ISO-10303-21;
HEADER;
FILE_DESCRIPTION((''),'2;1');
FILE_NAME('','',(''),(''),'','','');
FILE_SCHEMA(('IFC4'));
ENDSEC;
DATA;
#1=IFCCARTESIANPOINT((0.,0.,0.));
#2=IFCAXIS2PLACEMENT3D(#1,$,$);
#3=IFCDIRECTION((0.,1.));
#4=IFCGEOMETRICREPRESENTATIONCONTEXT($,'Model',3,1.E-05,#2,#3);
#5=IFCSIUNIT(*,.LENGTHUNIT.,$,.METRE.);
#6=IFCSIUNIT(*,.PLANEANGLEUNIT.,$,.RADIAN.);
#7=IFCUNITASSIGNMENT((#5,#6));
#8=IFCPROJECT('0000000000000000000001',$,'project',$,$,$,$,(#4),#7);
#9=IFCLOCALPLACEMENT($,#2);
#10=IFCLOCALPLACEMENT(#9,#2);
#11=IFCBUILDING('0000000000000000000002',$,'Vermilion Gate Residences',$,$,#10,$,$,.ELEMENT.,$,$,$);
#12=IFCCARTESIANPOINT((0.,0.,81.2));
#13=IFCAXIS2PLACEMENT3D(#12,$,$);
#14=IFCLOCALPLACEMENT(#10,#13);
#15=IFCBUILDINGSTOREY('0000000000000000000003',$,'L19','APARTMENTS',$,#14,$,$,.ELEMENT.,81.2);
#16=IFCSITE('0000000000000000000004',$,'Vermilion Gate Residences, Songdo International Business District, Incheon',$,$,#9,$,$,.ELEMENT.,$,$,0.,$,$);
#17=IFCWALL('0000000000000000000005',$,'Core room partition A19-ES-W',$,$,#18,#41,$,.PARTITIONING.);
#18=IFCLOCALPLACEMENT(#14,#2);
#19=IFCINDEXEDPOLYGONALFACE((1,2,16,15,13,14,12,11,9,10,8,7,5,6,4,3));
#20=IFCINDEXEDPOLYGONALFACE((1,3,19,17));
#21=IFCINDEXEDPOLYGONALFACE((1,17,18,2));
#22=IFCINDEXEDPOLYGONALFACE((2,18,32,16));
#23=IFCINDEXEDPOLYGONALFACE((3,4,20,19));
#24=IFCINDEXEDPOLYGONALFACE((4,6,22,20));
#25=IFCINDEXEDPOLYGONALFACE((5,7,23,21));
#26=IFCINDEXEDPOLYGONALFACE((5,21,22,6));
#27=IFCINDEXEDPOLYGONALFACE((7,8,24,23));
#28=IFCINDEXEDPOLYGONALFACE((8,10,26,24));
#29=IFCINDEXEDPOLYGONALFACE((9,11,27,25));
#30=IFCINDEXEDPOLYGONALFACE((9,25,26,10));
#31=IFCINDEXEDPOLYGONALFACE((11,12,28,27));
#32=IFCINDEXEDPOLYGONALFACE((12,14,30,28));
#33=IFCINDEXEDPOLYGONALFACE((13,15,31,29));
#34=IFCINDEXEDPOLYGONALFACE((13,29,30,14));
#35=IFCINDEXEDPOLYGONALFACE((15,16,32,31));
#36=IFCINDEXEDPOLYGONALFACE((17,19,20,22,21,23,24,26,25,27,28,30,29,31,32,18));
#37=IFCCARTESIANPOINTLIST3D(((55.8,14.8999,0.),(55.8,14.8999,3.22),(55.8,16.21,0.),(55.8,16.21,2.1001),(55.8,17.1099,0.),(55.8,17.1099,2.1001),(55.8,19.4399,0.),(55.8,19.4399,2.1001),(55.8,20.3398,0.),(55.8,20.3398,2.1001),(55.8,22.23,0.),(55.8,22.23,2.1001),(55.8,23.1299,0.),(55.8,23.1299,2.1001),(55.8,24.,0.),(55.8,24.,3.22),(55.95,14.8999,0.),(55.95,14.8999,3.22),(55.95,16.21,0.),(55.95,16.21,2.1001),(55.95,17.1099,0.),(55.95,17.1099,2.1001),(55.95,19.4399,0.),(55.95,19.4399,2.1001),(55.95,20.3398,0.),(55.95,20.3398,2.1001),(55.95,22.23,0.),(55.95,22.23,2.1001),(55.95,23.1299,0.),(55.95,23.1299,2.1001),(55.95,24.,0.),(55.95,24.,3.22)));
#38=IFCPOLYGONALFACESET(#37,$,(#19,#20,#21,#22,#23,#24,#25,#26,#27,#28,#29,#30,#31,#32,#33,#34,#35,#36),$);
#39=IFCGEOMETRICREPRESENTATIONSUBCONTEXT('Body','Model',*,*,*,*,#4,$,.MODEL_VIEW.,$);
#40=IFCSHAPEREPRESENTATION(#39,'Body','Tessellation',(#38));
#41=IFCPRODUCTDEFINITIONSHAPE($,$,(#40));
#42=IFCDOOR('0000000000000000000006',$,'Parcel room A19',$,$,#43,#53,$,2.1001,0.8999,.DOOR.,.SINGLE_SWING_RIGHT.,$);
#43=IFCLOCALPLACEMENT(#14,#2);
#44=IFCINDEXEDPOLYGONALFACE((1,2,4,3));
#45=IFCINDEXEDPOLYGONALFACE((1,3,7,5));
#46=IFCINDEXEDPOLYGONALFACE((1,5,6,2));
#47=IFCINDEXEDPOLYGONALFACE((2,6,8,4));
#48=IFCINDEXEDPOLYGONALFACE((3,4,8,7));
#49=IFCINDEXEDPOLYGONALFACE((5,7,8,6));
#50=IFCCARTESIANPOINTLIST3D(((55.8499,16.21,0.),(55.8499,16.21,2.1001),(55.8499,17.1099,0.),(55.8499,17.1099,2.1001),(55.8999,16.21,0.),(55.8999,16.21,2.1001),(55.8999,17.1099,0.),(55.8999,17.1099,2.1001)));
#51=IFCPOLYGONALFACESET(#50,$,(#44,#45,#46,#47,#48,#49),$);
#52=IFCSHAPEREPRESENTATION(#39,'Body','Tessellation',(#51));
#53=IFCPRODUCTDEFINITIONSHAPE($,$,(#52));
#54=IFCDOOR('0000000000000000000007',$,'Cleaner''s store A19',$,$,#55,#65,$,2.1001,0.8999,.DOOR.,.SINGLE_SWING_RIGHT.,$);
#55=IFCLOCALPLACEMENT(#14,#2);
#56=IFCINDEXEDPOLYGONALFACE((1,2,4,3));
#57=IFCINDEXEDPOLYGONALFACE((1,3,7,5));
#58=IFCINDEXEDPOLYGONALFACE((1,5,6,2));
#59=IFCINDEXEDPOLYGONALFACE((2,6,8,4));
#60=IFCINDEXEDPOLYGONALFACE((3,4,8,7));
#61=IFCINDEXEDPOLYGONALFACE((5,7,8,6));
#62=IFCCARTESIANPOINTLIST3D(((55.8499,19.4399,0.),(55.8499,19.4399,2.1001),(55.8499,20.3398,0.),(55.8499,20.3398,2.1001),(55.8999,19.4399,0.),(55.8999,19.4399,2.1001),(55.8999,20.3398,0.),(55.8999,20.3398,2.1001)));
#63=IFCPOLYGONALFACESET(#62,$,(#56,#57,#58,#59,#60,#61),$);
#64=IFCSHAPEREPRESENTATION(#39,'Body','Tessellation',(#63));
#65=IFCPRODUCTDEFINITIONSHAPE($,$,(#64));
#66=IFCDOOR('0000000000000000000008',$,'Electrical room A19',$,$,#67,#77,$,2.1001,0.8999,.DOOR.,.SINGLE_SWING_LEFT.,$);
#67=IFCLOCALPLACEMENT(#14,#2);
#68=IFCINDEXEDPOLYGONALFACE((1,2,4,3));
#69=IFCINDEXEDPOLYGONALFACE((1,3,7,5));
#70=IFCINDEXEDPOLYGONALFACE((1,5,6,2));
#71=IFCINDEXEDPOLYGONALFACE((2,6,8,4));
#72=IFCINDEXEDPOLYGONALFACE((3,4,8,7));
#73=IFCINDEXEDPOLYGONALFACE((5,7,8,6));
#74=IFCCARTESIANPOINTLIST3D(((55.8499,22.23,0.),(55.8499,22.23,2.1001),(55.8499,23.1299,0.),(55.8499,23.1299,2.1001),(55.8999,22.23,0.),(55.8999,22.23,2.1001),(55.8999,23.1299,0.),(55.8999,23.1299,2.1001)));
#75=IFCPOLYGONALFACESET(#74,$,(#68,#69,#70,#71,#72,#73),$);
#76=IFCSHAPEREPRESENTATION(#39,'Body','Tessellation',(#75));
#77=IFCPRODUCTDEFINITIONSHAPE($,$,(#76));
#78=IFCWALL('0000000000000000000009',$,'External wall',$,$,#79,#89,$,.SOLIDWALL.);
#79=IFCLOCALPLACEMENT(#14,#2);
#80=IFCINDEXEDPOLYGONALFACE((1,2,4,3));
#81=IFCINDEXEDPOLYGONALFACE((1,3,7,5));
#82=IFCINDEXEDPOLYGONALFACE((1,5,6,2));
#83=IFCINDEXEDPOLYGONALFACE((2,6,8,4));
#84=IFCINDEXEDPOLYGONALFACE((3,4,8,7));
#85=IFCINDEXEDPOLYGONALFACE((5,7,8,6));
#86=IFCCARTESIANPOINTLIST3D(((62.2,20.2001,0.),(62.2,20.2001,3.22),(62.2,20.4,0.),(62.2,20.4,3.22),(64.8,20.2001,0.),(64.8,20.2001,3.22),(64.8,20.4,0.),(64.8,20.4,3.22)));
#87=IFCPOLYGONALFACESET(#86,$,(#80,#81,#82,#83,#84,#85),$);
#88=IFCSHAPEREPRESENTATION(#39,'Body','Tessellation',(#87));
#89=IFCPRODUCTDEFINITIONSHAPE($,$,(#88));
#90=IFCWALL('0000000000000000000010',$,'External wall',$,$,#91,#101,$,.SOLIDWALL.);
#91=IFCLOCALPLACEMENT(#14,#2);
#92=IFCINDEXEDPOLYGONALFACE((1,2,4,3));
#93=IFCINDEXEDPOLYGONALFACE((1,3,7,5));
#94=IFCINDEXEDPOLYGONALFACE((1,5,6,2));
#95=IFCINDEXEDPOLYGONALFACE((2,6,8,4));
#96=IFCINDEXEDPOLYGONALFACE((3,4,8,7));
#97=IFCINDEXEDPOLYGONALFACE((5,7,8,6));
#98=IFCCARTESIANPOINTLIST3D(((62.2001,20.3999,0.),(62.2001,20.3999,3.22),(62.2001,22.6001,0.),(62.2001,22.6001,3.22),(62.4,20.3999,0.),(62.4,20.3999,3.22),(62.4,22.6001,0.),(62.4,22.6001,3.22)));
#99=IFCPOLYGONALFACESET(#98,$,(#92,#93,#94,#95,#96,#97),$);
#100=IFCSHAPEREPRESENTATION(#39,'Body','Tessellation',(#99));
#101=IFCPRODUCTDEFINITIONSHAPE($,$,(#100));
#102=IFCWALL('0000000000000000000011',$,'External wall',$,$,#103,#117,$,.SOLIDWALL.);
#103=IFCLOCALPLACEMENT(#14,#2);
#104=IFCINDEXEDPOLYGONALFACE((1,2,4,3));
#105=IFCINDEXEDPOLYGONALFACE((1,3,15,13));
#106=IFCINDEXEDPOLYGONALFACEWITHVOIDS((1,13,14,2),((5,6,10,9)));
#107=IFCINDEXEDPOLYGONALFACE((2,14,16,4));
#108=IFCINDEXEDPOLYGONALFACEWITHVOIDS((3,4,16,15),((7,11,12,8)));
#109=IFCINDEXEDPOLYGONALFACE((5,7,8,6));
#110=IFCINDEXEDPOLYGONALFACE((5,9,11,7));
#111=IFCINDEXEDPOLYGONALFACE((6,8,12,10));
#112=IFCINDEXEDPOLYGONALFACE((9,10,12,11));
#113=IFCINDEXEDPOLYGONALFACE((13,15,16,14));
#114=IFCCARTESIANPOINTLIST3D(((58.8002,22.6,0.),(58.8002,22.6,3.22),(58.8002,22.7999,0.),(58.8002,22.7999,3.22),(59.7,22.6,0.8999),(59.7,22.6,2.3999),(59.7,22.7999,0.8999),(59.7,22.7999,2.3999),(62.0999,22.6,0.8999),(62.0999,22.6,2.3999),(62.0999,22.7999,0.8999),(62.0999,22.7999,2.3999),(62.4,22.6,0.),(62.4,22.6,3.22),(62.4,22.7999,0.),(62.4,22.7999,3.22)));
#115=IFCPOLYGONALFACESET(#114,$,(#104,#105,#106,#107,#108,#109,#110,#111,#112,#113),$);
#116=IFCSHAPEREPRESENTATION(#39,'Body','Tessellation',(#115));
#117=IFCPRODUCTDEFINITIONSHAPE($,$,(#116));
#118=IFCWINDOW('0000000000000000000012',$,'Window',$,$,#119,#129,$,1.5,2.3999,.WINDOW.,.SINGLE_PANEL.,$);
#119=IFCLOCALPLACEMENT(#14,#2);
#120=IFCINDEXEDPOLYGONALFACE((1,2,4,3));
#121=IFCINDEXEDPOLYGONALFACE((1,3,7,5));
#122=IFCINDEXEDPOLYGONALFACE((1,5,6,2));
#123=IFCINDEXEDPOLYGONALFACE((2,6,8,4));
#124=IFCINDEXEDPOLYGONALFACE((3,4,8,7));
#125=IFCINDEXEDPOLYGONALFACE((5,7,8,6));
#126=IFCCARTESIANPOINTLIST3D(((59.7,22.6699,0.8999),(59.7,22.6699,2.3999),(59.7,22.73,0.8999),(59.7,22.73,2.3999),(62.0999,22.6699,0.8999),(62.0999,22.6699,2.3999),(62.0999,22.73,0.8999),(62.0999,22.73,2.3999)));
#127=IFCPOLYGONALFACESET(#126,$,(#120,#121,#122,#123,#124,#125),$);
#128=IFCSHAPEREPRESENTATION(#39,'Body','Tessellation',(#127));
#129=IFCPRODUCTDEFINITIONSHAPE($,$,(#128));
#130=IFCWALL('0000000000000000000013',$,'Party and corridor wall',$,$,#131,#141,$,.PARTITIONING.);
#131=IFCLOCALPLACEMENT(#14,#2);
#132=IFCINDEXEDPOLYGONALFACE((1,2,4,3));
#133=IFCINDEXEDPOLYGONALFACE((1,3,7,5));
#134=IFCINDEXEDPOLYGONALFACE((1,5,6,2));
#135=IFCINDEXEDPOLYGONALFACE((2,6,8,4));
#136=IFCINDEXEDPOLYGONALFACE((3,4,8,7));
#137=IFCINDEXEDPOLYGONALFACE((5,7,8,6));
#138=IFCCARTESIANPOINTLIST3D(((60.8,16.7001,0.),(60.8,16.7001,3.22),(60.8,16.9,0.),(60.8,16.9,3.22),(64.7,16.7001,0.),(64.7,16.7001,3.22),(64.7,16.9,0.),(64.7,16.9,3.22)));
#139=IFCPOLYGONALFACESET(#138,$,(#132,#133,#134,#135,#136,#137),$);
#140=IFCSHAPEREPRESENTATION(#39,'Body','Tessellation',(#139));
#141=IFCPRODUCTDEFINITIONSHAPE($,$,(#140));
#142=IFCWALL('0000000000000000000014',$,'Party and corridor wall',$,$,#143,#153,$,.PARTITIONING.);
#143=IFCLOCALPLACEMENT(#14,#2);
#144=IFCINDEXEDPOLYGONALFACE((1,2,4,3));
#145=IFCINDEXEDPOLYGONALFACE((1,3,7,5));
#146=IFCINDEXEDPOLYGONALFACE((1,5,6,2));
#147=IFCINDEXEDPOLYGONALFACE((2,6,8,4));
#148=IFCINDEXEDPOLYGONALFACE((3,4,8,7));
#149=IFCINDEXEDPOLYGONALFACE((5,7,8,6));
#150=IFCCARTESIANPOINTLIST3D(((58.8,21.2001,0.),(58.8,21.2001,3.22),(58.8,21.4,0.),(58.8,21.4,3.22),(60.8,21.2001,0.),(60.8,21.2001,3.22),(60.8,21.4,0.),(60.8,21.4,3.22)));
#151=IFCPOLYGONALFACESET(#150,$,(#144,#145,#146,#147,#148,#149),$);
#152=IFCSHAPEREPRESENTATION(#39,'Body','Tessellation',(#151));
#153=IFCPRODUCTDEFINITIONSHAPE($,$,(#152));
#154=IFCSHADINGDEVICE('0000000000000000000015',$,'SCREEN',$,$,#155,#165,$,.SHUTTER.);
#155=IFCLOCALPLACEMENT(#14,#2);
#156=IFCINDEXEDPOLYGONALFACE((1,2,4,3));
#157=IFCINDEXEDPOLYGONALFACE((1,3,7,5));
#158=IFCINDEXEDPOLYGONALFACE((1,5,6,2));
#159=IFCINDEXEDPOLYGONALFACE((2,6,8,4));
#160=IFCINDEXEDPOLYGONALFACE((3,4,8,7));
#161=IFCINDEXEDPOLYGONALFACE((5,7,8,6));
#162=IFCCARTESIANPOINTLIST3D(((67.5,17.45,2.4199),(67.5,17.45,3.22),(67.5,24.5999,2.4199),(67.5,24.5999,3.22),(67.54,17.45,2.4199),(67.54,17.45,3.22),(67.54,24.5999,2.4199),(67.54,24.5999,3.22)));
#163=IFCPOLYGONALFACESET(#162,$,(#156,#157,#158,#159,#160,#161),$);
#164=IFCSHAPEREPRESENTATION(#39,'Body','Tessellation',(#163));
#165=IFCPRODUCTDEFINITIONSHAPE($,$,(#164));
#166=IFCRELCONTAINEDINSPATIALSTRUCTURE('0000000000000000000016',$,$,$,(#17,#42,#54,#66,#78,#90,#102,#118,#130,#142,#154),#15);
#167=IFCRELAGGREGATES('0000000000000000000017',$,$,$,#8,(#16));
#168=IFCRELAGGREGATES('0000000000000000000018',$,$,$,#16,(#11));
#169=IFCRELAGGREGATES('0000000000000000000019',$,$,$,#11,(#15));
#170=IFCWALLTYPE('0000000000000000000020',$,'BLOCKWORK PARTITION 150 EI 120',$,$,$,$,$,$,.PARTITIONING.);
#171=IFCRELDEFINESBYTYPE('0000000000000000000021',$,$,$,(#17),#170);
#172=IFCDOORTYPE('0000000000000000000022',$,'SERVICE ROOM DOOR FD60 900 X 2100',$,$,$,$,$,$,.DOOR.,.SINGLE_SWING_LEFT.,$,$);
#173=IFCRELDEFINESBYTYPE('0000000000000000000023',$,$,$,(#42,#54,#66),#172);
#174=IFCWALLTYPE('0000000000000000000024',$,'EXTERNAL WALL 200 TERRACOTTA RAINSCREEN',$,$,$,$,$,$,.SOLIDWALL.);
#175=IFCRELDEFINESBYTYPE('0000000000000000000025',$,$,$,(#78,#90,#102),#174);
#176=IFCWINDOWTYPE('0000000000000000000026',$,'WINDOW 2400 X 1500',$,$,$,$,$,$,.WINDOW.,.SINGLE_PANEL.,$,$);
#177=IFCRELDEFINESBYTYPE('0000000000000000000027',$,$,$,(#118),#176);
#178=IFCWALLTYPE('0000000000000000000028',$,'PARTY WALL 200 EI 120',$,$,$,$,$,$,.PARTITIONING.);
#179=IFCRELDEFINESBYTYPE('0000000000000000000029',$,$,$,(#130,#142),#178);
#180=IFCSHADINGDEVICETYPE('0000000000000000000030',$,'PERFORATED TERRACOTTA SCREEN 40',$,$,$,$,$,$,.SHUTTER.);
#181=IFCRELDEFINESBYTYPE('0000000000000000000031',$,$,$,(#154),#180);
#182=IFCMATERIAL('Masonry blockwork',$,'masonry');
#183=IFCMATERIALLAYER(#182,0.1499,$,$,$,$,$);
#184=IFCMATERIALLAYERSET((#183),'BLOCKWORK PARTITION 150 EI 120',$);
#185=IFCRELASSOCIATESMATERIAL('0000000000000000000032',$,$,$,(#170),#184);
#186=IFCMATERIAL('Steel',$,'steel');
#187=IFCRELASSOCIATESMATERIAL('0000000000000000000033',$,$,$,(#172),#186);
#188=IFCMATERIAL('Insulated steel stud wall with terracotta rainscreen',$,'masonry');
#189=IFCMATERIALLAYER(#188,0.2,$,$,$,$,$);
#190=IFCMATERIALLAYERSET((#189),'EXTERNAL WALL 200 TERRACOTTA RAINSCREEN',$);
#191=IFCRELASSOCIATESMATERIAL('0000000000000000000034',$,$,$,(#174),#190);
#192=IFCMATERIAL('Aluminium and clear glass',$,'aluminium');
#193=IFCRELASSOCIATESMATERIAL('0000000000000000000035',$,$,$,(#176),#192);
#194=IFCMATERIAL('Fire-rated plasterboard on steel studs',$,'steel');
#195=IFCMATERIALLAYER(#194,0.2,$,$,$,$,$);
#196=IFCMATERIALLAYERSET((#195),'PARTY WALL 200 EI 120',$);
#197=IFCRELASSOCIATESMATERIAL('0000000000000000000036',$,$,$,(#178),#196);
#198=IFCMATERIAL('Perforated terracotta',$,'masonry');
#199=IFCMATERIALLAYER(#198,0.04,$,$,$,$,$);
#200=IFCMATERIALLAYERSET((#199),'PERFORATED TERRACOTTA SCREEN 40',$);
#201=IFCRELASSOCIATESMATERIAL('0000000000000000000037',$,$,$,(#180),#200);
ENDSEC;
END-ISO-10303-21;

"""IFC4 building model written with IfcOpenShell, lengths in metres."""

from ifc_helpers import new_model, si_unit, direction, frame, frame_2d, origin, origin_2d, place, context, subcontext, project, spatial, rectangle, extrude, material, layer, layer_set, type_object, element, fill, save


model = new_model("IFC4")

# Units and contexts
model_context = context("Model", 3, precision=1e-05, world=origin(), true_north=direction((0.0, 1.0)))
body_context = subcontext(model_context, "Body", "Model", "MODEL_VIEW")
ifc_project = project(units=[si_unit("LENGTHUNIT", "METRE"), si_unit("PLANEANGLEUNIT", "RADIAN")], contexts=[model_context])

# Site, building, storey
site_placement = place(None, origin())
site = spatial("IfcSite", under=ifc_project, at=site_placement, Name="Vermilion Gate Residences, Songdo International Business District, Incheon", CompositionType="ELEMENT", RefElevation=0.0)
building_placement = place(site_placement, origin())
building = spatial("IfcBuilding", under=site, at=building_placement, Name="Vermilion Gate Residences", CompositionType="ELEMENT")
storey_placement = place(building_placement, frame((0.0, 0.0, 81.2)))
storey = spatial("IfcBuildingStorey", under=building, at=storey_placement, Name="L19", Description="APARTMENTS", CompositionType="ELEMENT", Elevation=81.2)

# Shared definitions
ifc_material_1 = material(Name="Masonry blockwork", Category="masonry")
ifc_layer_1 = layer(ifc_material_1, 0.1499)
ifc_layer_set_1 = layer_set([ifc_layer_1], Name="BLOCKWORK PARTITION 150 EI 120")
wall_type_1 = type_object("IfcWallType", Name="BLOCKWORK PARTITION 150 EI 120", PredefinedType="PARTITIONING", material=ifc_layer_set_1)

# Wall, openings, doors
wall_1_placement = place(storey_placement, frame((55.875, 14.8999, 0.0), z_axis=(0.0, 0.0, 1.0), x_axis=(0.0, 1.0, 0.0)))
wall_1 = element("IfcWall", 1, at=wall_1_placement, inside=storey, type_object=wall_type_1, Name="Core room partition A19-ES-W", PredefinedType="PARTITIONING", context=body_context, shape_type="SweptSolid", body=[
    extrude(rectangle(XDim=9.1001, YDim=0.1499, at=frame_2d((4.55, 0.0))), origin(), (0.0, 0.0, 1.0), 3.22),
])
opening_1_placement = place(wall_1_placement, frame((1.3101, 0.0, 0.0)))
opening_1 = element("IfcOpeningElement", 2, at=opening_1_placement, cuts=wall_1, PredefinedType="OPENING", context=body_context, shape_type="SweptSolid", body=[
    extrude(rectangle(XDim=0.8999, YDim=2.1001, at=frame_2d((0.45, 1.05))), frame((0.0, 0.085, 0.0), z_axis=(0.0, -1.0, 0.0), x_axis=(1.0, 0.0, 0.0)), (0.0, 0.0, 1.0), 0.1699),
])
opening_2_placement = place(wall_1_placement, frame((4.54, 0.0, 0.0)))
opening_2 = element("IfcOpeningElement", 3, at=opening_2_placement, cuts=wall_1, PredefinedType="OPENING", context=body_context, shape_type="SweptSolid", body=[
    extrude(rectangle(XDim=0.8999, YDim=2.1001, at=frame_2d((0.45, 1.05))), frame((0.0, 0.085, 0.0), z_axis=(0.0, -1.0, 0.0), x_axis=(1.0, 0.0, 0.0)), (0.0, 0.0, 1.0), 0.1699),
])
opening_3_placement = place(wall_1_placement, frame((7.3301, 0.0, 0.0)))
opening_3 = element("IfcOpeningElement", 4, at=opening_3_placement, cuts=wall_1, PredefinedType="OPENING", context=body_context, shape_type="SweptSolid", body=[
    extrude(rectangle(XDim=0.8999, YDim=2.1001, at=frame_2d((0.45, 1.05))), frame((0.0, 0.085, 0.0), z_axis=(0.0, -1.0, 0.0), x_axis=(1.0, 0.0, 0.0)), (0.0, 0.0, 1.0), 0.1699),
])
ifc_material_2 = material(Name="Steel", Category="steel")
door_type_1 = type_object("IfcDoorType", Name="SERVICE ROOM DOOR FD60 900 X 2100", OperationType="SINGLE_SWING_LEFT", PredefinedType="DOOR", material=ifc_material_2)
door_1_placement = place(opening_1_placement, frame((0.8999, 0.0, 0.0), z_axis=(0.0, 0.0, 1.0), x_axis=(-1.0, 0.0, 0.0)))
door_1 = element("IfcDoor", 5, at=door_1_placement, inside=storey, type_object=door_type_1, Name="Parcel room A19", OperationType="SINGLE_SWING_RIGHT", OverallHeight=2.1001, OverallWidth=0.8999, PredefinedType="DOOR", context=body_context, shape_type="SweptSolid", body=[
    extrude(rectangle(XDim=0.8999, YDim=2.1001, at=frame_2d((0.45, 1.05))), frame((0.0, 0.0249, 0.0), z_axis=(0.0, -1.0, 0.0), x_axis=(1.0, 0.0, 0.0)), (0.0, 0.0, 1.0), 0.05),
])
fill(opening_1, door_1)
door_2_placement = place(opening_2_placement, frame((0.8999, 0.0, 0.0), z_axis=(0.0, 0.0, 1.0), x_axis=(-1.0, 0.0, 0.0)))
door_2 = element("IfcDoor", 6, at=door_2_placement, inside=storey, type_object=door_type_1, Name="Cleaner's store A19", OperationType="SINGLE_SWING_RIGHT", OverallHeight=2.1001, OverallWidth=0.8999, PredefinedType="DOOR", context=body_context, shape_type="SweptSolid", body=[
    extrude(rectangle(XDim=0.8999, YDim=2.1001, at=frame_2d((0.45, 1.05))), frame((0.0, 0.0249, 0.0), z_axis=(0.0, -1.0, 0.0), x_axis=(1.0, 0.0, 0.0)), (0.0, 0.0, 1.0), 0.05),
])
fill(opening_2, door_2)
door_3_placement = place(opening_3_placement, frame((0.8999, 0.0, 0.0), z_axis=(0.0, 0.0, 1.0), x_axis=(-1.0, 0.0, 0.0)))
door_3 = element("IfcDoor", 7, at=door_3_placement, inside=storey, type_object=door_type_1, Name="Electrical room A19", OperationType="SINGLE_SWING_LEFT", OverallHeight=2.1001, OverallWidth=0.8999, PredefinedType="DOOR", context=body_context, shape_type="SweptSolid", body=[
    extrude(rectangle(XDim=0.8999, YDim=2.1001, at=frame_2d((0.45, 1.05))), frame((0.0, 0.0249, 0.0), z_axis=(0.0, -1.0, 0.0), x_axis=(1.0, 0.0, 0.0)), (0.0, 0.0, 1.0), 0.05),
])
fill(opening_3, door_3)

# Walls
ifc_material_3 = material(Name="Insulated steel stud wall with terracotta rainscreen", Category="masonry")
ifc_layer_2 = layer(ifc_material_3, 0.2)
ifc_layer_set_2 = layer_set([ifc_layer_2], Name="EXTERNAL WALL 200 TERRACOTTA RAINSCREEN")
wall_type_2 = type_object("IfcWallType", Name="EXTERNAL WALL 200 TERRACOTTA RAINSCREEN", PredefinedType="SOLIDWALL", material=ifc_layer_set_2)
wall_2_placement = place(storey_placement, frame((64.8, 20.3, 0.0), z_axis=(0.0, 0.0, 1.0), x_axis=(-1.0, 0.0, 0.0)))
element("IfcWall", 8, at=wall_2_placement, inside=storey, type_object=wall_type_2, Name="External wall", PredefinedType="SOLIDWALL", context=body_context, shape_type="SweptSolid", body=[
    extrude(rectangle(XDim=2.6001, YDim=0.2, at=frame_2d((1.3, 0.0))), origin(), (0.0, 0.0, 1.0), 3.22),
])
wall_3_placement = place(storey_placement, frame((62.3, 20.3999, 0.0), z_axis=(0.0, 0.0, 1.0), x_axis=(0.0, 1.0, 0.0)))
element("IfcWall", 9, at=wall_3_placement, inside=storey, type_object=wall_type_2, Name="External wall", PredefinedType="SOLIDWALL", context=body_context, shape_type="SweptSolid", body=[
    extrude(rectangle(XDim=2.2002, YDim=0.2, at=frame_2d((1.1001, 0.0))), origin(), (0.0, 0.0, 1.0), 3.22),
])

# Wall, opening, window
wall_4_placement = place(storey_placement, frame((62.3999, 22.7, 0.0), z_axis=(0.0, 0.0, 1.0), x_axis=(-1.0, 0.0, 0.0)))
wall_4 = element("IfcWall", 10, at=wall_4_placement, inside=storey, type_object=wall_type_2, Name="External wall", PredefinedType="SOLIDWALL", context=body_context, shape_type="SweptSolid", body=[
    extrude(rectangle(XDim=3.5999, YDim=0.2, at=frame_2d((1.7998, 0.0))), origin(), (0.0, 0.0, 1.0), 3.22),
])
opening_4_placement = place(wall_4_placement, frame((0.3, 0.0, 0.8999)))
opening_4 = element("IfcOpeningElement", 11, at=opening_4_placement, cuts=wall_4, PredefinedType="OPENING", context=body_context, shape_type="SweptSolid", body=[
    extrude(rectangle(XDim=2.3999, YDim=1.5, at=frame_2d((1.2, 0.75))), frame((0.0, 0.1099, 0.0), z_axis=(0.0, -1.0, 0.0), x_axis=(1.0, 0.0, 0.0)), (0.0, 0.0, 1.0), 0.22),
])
ifc_material_4 = material(Name="Aluminium and clear glass", Category="aluminium")
window_type = type_object("IfcWindowType", Name="WINDOW 2400 X 1500", PartitioningType="SINGLE_PANEL", PredefinedType="WINDOW", material=ifc_material_4)
window_placement = place(opening_4_placement, origin())
window = element("IfcWindow", 12, at=window_placement, inside=storey, type_object=window_type, Name="Window", OverallHeight=1.5, OverallWidth=2.3999, PartitioningType="SINGLE_PANEL", PredefinedType="WINDOW", context=body_context, shape_type="SweptSolid", body=[
    extrude(rectangle(XDim=2.3999, YDim=1.5, at=frame_2d((1.2, 0.75))), frame((0.0, 0.03, 0.0), z_axis=(0.0, -1.0, 0.0), x_axis=(1.0, 0.0, 0.0)), (0.0, 0.0, 1.0), 0.0601),
])
fill(opening_4, window)

# Walls
ifc_material_5 = material(Name="Fire-rated plasterboard on steel studs", Category="steel")
ifc_layer_3 = layer(ifc_material_5, 0.2)
ifc_layer_set_3 = layer_set([ifc_layer_3], Name="PARTY WALL 200 EI 120")
wall_type_3 = type_object("IfcWallType", Name="PARTY WALL 200 EI 120", PredefinedType="PARTITIONING", material=ifc_layer_set_3)
wall_5_placement = place(storey_placement, frame((60.8, 16.8, 0.0), z_axis=(0.0, 0.0, 1.0), x_axis=(1.0, 0.0, 0.0)))
element("IfcWall", 13, at=wall_5_placement, inside=storey, type_object=wall_type_3, Name="Party and corridor wall", PredefinedType="PARTITIONING", context=body_context, shape_type="SweptSolid", body=[
    extrude(rectangle(XDim=3.8999, YDim=0.2, at=frame_2d((1.95, 0.0))), origin(), (0.0, 0.0, 1.0), 3.22),
])
wall_6_placement = place(storey_placement, frame((58.8, 21.3, 0.0), z_axis=(0.0, 0.0, 1.0), x_axis=(1.0, 0.0, 0.0)))
element("IfcWall", 14, at=wall_6_placement, inside=storey, type_object=wall_type_3, Name="Party and corridor wall", PredefinedType="PARTITIONING", context=body_context, shape_type="SweptSolid", body=[
    extrude(rectangle(XDim=2.0, YDim=0.2, at=frame_2d((1.0, 0.0))), origin(), (0.0, 0.0, 1.0), 3.22),
])

# Shading device
ifc_material_6 = material(Name="Perforated terracotta", Category="masonry")
ifc_layer_4 = layer(ifc_material_6, 0.04)
ifc_layer_set_4 = layer_set([ifc_layer_4], Name="PERFORATED TERRACOTTA SCREEN 40")
shading_device_type_1 = type_object("IfcShadingDeviceType", Name="PERFORATED TERRACOTTA SCREEN 40", PredefinedType="SHUTTER", material=ifc_layer_set_4)
shading_device_1_placement = place(storey_placement, frame((67.52, 21.0249, 2.4199), z_axis=(0.0, 0.0, 1.0), x_axis=(0.0, 1.0, 0.0)))
element("IfcShadingDevice", 15, at=shading_device_1_placement, inside=storey, type_object=shading_device_type_1, Name="SCREEN", PredefinedType="SHUTTER", context=body_context, shape_type="SweptSolid", body=[
    extrude(rectangle(XDim=7.1499, YDim=0.04, at=origin_2d()), origin(), (0.0, 0.0, 1.0), 0.8),
])

save(model, "model.ifc")
